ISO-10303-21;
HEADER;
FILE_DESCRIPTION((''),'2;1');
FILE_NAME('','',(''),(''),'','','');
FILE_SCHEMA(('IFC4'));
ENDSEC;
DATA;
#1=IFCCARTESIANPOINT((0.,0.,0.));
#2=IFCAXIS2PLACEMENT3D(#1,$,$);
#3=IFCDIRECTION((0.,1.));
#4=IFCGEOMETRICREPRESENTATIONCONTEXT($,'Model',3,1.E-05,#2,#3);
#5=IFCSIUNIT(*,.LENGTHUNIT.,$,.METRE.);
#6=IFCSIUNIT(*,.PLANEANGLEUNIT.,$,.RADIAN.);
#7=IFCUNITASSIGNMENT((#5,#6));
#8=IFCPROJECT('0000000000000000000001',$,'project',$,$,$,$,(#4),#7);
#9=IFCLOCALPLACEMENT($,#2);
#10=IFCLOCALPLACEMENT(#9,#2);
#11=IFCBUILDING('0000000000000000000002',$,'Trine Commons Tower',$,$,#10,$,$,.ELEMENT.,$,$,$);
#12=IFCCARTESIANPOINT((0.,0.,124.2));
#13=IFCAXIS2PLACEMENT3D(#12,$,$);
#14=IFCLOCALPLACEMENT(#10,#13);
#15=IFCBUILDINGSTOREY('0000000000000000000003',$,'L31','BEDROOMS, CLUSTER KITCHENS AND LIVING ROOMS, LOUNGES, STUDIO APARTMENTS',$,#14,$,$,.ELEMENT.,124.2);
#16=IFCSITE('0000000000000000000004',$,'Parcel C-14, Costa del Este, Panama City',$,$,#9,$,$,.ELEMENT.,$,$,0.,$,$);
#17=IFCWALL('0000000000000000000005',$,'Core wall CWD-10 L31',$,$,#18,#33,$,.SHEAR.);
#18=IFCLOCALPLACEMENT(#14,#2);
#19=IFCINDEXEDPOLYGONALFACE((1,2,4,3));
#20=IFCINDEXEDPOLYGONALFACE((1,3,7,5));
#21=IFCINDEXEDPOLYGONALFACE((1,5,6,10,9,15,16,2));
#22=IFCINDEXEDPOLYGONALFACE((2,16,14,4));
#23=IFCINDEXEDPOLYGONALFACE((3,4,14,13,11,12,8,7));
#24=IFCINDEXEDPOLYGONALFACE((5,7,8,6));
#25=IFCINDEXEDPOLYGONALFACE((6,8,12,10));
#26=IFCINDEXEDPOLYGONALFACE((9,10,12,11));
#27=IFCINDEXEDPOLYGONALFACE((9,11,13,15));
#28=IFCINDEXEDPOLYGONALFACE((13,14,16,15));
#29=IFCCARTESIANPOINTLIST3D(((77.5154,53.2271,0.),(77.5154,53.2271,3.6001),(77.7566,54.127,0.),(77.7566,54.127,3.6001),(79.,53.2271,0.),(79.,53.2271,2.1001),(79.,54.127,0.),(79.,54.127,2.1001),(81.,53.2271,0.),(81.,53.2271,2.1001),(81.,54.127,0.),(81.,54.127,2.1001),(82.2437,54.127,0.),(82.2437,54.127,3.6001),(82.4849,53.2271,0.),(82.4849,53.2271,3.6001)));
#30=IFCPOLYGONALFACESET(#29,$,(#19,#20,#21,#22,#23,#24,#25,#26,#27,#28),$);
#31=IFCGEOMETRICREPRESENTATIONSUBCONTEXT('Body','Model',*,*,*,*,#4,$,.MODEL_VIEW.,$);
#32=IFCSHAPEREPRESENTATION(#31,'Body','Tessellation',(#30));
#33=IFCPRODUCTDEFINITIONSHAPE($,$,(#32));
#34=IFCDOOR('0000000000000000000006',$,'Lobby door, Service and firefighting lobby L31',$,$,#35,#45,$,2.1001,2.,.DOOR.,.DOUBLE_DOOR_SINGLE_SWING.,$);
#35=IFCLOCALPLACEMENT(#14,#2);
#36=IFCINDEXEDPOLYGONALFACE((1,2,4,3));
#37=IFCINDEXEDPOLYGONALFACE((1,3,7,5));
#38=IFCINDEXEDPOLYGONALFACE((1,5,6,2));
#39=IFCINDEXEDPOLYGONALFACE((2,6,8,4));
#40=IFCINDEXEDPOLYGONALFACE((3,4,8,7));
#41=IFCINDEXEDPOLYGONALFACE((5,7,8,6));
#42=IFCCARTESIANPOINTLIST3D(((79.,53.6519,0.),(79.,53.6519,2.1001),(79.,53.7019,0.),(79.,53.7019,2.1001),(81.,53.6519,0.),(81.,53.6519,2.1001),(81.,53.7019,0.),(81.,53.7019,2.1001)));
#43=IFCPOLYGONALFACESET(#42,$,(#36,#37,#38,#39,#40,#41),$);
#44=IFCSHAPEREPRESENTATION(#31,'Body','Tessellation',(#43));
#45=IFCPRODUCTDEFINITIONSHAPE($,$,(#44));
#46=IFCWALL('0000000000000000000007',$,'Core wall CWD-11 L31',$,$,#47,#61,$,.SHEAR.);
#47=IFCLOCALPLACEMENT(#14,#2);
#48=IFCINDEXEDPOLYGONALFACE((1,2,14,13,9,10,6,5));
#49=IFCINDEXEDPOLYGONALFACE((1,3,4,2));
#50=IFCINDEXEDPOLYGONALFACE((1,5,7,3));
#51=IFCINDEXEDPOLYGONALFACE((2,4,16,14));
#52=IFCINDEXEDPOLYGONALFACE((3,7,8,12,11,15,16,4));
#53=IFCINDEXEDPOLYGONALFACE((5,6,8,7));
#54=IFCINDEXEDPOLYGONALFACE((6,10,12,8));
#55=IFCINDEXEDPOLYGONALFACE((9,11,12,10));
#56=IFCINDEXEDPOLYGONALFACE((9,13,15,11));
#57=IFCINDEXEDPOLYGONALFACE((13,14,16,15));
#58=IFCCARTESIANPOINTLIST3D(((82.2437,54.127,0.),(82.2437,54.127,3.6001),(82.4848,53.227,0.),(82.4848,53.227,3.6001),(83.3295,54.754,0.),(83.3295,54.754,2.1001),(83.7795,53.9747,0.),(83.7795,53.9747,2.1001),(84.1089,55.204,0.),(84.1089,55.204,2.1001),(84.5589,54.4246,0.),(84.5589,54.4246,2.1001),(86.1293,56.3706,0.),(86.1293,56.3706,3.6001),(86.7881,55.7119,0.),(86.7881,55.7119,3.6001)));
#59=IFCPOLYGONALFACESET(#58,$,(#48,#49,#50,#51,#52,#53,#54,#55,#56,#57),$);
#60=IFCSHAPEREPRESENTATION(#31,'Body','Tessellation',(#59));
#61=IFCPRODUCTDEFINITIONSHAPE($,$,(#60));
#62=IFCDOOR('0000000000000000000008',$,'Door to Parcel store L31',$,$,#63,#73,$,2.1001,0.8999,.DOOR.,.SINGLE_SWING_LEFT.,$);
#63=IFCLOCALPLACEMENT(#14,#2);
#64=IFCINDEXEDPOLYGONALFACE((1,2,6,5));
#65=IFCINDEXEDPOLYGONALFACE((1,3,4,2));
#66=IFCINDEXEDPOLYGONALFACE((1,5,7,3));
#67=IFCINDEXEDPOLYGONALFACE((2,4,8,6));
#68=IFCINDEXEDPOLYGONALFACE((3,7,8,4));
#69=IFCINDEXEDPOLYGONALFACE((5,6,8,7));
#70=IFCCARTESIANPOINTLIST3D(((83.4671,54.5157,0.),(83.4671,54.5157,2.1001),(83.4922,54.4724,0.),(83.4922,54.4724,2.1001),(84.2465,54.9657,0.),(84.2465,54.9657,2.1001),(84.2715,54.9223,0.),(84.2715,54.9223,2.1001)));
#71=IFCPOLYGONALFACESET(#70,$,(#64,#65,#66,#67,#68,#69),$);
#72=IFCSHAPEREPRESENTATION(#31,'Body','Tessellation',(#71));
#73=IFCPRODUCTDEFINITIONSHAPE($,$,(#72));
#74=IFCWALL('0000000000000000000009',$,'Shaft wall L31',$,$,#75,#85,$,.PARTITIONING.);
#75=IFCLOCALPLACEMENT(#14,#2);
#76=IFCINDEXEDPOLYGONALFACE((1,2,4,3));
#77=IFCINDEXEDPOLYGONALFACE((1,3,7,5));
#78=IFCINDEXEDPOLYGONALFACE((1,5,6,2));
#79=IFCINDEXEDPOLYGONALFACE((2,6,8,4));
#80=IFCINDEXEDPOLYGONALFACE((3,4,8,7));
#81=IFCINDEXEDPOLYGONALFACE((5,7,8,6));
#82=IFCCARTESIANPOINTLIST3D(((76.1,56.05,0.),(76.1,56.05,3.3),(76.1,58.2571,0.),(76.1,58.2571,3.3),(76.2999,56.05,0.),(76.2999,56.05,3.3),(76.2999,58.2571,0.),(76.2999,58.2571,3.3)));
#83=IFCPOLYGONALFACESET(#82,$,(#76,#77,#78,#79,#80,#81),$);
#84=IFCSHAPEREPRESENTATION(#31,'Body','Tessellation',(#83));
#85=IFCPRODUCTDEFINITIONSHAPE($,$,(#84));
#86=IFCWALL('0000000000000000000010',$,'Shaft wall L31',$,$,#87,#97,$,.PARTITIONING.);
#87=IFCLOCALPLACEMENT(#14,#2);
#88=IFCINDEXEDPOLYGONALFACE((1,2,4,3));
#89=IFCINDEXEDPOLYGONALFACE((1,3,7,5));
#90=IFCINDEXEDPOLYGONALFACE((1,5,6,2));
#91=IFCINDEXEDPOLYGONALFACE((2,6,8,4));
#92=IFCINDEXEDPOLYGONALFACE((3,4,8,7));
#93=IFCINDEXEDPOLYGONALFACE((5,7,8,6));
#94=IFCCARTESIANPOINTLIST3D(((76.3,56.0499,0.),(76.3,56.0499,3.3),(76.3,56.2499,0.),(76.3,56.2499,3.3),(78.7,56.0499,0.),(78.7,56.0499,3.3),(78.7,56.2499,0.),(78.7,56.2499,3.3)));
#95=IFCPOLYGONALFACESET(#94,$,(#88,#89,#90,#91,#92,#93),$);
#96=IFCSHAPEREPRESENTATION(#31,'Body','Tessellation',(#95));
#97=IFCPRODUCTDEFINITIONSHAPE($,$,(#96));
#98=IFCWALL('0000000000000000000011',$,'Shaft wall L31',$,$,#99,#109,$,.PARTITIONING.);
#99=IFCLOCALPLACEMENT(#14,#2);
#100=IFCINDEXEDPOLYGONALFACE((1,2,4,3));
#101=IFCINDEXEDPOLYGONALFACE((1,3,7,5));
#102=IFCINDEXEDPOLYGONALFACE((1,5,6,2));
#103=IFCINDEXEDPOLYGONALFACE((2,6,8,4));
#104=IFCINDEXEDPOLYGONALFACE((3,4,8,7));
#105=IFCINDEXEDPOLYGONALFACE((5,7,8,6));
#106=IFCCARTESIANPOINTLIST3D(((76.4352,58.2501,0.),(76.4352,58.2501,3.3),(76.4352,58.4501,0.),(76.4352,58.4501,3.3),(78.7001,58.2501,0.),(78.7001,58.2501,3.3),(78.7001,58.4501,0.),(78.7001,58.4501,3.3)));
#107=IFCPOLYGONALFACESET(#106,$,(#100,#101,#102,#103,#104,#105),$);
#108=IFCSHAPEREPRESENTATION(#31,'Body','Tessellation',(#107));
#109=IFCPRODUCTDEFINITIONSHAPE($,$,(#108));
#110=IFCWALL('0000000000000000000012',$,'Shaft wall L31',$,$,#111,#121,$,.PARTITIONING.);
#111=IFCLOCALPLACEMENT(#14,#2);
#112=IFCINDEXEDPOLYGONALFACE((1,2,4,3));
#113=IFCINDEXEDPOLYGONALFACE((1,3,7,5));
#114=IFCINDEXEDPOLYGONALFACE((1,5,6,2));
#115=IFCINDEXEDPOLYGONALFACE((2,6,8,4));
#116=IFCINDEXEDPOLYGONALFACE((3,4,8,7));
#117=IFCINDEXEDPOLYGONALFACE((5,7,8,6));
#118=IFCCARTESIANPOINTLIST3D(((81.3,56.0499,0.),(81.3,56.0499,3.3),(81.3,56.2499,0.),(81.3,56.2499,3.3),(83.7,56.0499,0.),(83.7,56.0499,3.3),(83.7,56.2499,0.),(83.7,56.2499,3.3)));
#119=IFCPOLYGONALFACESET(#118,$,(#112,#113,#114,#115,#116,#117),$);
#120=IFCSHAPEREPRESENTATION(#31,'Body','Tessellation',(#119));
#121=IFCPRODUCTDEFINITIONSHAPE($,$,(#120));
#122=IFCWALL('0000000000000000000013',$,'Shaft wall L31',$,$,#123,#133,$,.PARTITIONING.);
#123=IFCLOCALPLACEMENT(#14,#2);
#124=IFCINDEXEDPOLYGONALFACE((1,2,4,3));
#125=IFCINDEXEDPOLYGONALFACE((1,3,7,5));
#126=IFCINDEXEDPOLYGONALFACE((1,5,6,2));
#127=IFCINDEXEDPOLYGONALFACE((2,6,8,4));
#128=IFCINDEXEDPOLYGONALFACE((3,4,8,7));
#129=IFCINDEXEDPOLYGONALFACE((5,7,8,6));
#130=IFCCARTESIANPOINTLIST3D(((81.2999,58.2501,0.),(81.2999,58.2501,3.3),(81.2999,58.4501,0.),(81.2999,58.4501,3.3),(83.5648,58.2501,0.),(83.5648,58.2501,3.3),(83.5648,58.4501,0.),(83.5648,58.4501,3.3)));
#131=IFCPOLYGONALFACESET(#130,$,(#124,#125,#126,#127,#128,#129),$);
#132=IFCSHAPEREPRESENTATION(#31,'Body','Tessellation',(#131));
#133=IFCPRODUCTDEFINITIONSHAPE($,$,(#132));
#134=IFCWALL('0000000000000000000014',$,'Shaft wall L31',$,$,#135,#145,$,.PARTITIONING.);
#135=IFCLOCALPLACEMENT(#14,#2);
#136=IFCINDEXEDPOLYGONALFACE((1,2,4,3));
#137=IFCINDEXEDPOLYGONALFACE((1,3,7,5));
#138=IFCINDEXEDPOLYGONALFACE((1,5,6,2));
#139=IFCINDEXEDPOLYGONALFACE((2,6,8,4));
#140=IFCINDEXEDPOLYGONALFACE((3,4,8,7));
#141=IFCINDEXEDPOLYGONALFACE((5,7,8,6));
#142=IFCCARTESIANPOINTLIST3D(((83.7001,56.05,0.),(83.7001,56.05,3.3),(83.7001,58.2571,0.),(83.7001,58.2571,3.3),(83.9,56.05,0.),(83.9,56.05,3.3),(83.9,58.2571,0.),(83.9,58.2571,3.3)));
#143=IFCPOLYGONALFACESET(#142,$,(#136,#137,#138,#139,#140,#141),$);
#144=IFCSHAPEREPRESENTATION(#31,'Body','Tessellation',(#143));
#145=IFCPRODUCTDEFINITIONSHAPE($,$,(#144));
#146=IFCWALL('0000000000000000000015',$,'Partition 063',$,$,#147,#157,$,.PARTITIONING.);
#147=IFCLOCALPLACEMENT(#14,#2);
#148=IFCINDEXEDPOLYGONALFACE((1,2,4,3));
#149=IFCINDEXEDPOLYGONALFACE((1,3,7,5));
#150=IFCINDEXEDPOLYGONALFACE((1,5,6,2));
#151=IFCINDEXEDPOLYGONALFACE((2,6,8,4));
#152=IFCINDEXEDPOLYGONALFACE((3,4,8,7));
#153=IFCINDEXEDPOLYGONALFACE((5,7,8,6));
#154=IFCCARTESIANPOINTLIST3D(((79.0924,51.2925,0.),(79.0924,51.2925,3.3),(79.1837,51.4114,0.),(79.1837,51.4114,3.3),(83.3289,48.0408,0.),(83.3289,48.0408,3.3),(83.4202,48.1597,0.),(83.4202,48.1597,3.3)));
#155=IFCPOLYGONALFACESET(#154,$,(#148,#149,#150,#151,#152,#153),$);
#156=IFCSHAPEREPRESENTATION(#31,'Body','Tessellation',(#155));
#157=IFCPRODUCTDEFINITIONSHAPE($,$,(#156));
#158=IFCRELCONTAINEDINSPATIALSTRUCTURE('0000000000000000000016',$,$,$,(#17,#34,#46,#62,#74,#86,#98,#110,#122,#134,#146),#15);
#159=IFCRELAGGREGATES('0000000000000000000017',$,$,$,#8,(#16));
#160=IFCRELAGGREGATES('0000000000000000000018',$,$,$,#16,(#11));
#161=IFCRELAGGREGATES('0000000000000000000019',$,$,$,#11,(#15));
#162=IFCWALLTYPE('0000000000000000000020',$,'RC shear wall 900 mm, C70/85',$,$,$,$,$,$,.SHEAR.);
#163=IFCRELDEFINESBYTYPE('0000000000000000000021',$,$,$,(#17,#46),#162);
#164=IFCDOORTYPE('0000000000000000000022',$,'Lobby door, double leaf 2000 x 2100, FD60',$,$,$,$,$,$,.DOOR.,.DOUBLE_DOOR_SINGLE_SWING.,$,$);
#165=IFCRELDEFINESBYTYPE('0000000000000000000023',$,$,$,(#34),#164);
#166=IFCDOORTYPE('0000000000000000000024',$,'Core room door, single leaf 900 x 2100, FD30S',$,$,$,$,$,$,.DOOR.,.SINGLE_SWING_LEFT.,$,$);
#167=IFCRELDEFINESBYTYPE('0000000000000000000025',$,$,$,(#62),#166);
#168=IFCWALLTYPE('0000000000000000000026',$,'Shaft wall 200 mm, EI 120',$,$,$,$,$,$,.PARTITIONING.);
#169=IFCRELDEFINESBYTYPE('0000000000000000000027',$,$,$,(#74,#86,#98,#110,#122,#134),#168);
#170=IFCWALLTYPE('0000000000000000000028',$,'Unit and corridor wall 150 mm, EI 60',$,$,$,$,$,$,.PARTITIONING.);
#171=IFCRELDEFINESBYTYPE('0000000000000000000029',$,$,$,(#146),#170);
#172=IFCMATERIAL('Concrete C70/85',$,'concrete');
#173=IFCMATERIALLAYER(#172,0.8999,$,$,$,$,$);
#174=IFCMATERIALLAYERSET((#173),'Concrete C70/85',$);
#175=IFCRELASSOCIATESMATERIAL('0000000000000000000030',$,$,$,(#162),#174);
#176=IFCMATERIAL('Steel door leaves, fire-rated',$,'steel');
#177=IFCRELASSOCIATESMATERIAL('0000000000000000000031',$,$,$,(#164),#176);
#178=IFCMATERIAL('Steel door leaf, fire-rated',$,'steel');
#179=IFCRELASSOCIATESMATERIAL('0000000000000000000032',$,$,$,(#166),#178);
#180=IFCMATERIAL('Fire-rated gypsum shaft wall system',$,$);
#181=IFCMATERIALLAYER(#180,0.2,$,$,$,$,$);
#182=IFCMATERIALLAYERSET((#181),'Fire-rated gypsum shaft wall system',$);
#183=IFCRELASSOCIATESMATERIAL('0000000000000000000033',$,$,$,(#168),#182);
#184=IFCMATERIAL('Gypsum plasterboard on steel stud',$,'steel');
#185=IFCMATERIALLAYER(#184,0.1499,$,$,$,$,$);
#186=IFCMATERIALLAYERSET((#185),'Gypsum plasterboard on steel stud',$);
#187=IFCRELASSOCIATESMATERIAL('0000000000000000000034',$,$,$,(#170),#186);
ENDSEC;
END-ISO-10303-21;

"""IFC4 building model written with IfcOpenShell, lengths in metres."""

from ifc_helpers import new_model, si_unit, direction, frame, frame_2d, origin, place, context, subcontext, project, spatial, polyline, rectangle, outline, extrude, material, layer, layer_set, type_object, element, fill, save


model = new_model("IFC4")

# Units and contexts
model_context = context("Model", 3, precision=1e-05, world=origin(), true_north=direction((0.0, 1.0)))
body_context = subcontext(model_context, "Body", "Model", "MODEL_VIEW")
ifc_project = project(units=[si_unit("LENGTHUNIT", "METRE"), si_unit("PLANEANGLEUNIT", "RADIAN")], contexts=[model_context])

# Site, building, storey
site_placement = place(None, origin())
site = spatial("IfcSite", under=ifc_project, at=site_placement, Name="Parcel C-14, Costa del Este, Panama City", CompositionType="ELEMENT", RefElevation=0.0)
building_placement = place(site_placement, origin())
building = spatial("IfcBuilding", under=site, at=building_placement, Name="Trine Commons Tower", CompositionType="ELEMENT")
storey_placement = place(building_placement, frame((0.0, 0.0, 124.2)))
storey = spatial("IfcBuildingStorey", under=building, at=storey_placement, Name="L31", Description="BEDROOMS, CLUSTER KITCHENS AND LIVING ROOMS, LOUNGES, STUDIO APARTMENTS", CompositionType="ELEMENT", Elevation=124.2)

# Shared definitions
ifc_material_1 = material(Name="Fire-rated gypsum shaft wall system")
ifc_material_2 = material(Name="Steel door leaf, fire-rated", Category="steel")
ifc_material_3 = material(Name="Concrete C70/85", Category="concrete")

# Walls, openings, doors
ifc_layer_1 = layer(ifc_material_3, 0.8999)
ifc_layer_set_1 = layer_set([ifc_layer_1], Name="Concrete C70/85")
wall_type_1 = type_object("IfcWallType", Name="RC shear wall 900 mm, C70/85", PredefinedType="SHEAR", material=ifc_layer_set_1)
wall_1_placement = place(storey_placement, frame((77.5154, 53.677, 0.0), z_axis=(0.0, 0.0, 1.0), x_axis=(1.0, 0.0, 0.0)))
wall_1 = element("IfcWall", 1, at=wall_1_placement, inside=storey, type_object=wall_type_1, Name="Core wall CWD-10 L31", PredefinedType="SHEAR", context=body_context, shape_type="SweptSolid", body=[
    extrude(outline(polyline([(0.0, -0.45), (4.9695, -0.45), (4.7283, 0.45), (0.2412, 0.45), (0.0, -0.45)])), origin(), (0.0, 0.0, 1.0), 3.6001),
])
opening_1_placement = place(wall_1_placement, frame((1.4846, 0.0, 0.0)))
opening_1 = element("IfcOpeningElement", 2, at=opening_1_placement, cuts=wall_1, PredefinedType="OPENING", context=body_context, shape_type="SweptSolid", body=[
    extrude(rectangle(XDim=2.0, YDim=2.1001, at=frame_2d((1.0, 1.05))), frame((0.0, 0.46, 0.0), z_axis=(0.0, -1.0, 0.0), x_axis=(1.0, 0.0, 0.0)), (0.0, 0.0, 1.0), 0.9199),
])
ifc_material_4 = material(Name="Steel door leaves, fire-rated", Category="steel")
door_type_1 = type_object("IfcDoorType", Name="Lobby door, double leaf 2000 x 2100, FD60", OperationType="DOUBLE_DOOR_SINGLE_SWING", PredefinedType="DOOR", material=ifc_material_4)
door_1_placement = place(opening_1_placement, origin())
door_1 = element("IfcDoor", 3, at=door_1_placement, inside=storey, type_object=door_type_1, Name="Lobby door, Service and firefighting lobby L31", OperationType="DOUBLE_DOOR_SINGLE_SWING", OverallHeight=2.1001, OverallWidth=2.0, PredefinedType="DOOR", context=body_context, shape_type="SweptSolid", body=[
    extrude(rectangle(XDim=2.0, YDim=2.1001, at=frame_2d((1.0, 1.05))), frame((0.0, 0.0249, 0.0), z_axis=(0.0, -1.0, 0.0), x_axis=(1.0, 0.0, 0.0)), (0.0, 0.0, 1.0), 0.05),
])
fill(opening_1, door_1)
wall_2_placement = place(storey_placement, frame((82.2598, 53.6167, 0.0), z_axis=(0.0, 0.0, 1.0), x_axis=(0.866003, 0.500039, 0.0)))
wall_2 = element("IfcWall", 4, at=wall_2_placement, inside=storey, type_object=wall_type_1, Name="Core wall CWD-11 L31", PredefinedType="SHEAR", context=body_context, shape_type="SweptSolid", body=[
    extrude(outline(polyline([(0.0, -0.45), (4.9692, -0.45), (4.728, 0.45), (0.2412, 0.45), (0.0, -0.45)])), origin(), (0.0, 0.0, 1.0), 3.6001),
])
opening_2_placement = place(wall_2_placement, frame((1.4951, 0.0, 0.0)))
opening_2 = element("IfcOpeningElement", 5, at=opening_2_placement, cuts=wall_2, PredefinedType="OPENING", context=body_context, shape_type="SweptSolid", body=[
    extrude(rectangle(XDim=0.8999, YDim=2.1001, at=frame_2d((0.45, 1.05))), frame((0.0, 0.46, 0.0), z_axis=(0.0, -1.0, 0.0), x_axis=(1.0, 0.0, 0.0)), (0.0, 0.0, 1.0), 0.9199),
])
door_type_2 = type_object("IfcDoorType", Name="Core room door, single leaf 900 x 2100, FD30S", OperationType="SINGLE_SWING_LEFT", PredefinedType="DOOR", material=ifc_material_2)
door_2_placement = place(opening_2_placement, origin())
door_2 = element("IfcDoor", 6, at=door_2_placement, inside=storey, type_object=door_type_2, Name="Door to Parcel store L31", OperationType="SINGLE_SWING_LEFT", OverallHeight=2.1001, OverallWidth=0.8999, PredefinedType="DOOR", context=body_context, shape_type="SweptSolid", body=[
    extrude(rectangle(XDim=0.8999, YDim=2.1001, at=frame_2d((0.45, 1.05))), frame((0.0, 0.1748, 0.0), z_axis=(0.0, -1.0, 0.0), x_axis=(1.0, 0.0, 0.0)), (0.0, 0.0, 1.0), 0.05),
])
fill(opening_2, door_2)

# Walls
ifc_layer_2 = layer(ifc_material_1, 0.2)
ifc_layer_set_2 = layer_set([ifc_layer_2], Name="Fire-rated gypsum shaft wall system")
wall_type_2 = type_object("IfcWallType", Name="Shaft wall 200 mm, EI 120", PredefinedType="PARTITIONING", material=ifc_layer_set_2)
wall_3_placement = place(storey_placement, frame((76.2, 58.2571, 0.0), z_axis=(0.0, 0.0, 1.0), x_axis=(0.0, -1.0, 0.0)))
element("IfcWall", 7, at=wall_3_placement, inside=storey, type_object=wall_type_2, Name="Shaft wall L31", PredefinedType="PARTITIONING", context=body_context, shape_type="SweptSolid", body=[
    extrude(rectangle(XDim=2.207, YDim=0.2, at=frame_2d((1.1035, 0.0))), origin(), (0.0, 0.0, 1.0), 3.3),
])
wall_4_placement = place(storey_placement, frame((78.7, 56.1499, 0.0), z_axis=(0.0, 0.0, 1.0), x_axis=(-1.0, 0.0, 0.0)))
element("IfcWall", 8, at=wall_4_placement, inside=storey, type_object=wall_type_2, Name="Shaft wall L31", PredefinedType="PARTITIONING", context=body_context, shape_type="SweptSolid", body=[
    extrude(rectangle(XDim=2.3999, YDim=0.2, at=frame_2d((1.2, 0.0))), origin(), (0.0, 0.0, 1.0), 3.3),
])
wall_5_placement = place(storey_placement, frame((78.7, 58.3501, 0.0), z_axis=(0.0, 0.0, 1.0), x_axis=(-1.0, 0.0, 0.0)))
element("IfcWall", 9, at=wall_5_placement, inside=storey, type_object=wall_type_2, Name="Shaft wall L31", PredefinedType="PARTITIONING", context=body_context, shape_type="SweptSolid", body=[
    extrude(rectangle(XDim=2.2649, YDim=0.2, at=frame_2d((1.1323, 0.0))), origin(), (0.0, 0.0, 1.0), 3.3),
])
wall_6_placement = place(storey_placement, frame((81.3, 56.1499, 0.0), z_axis=(0.0, 0.0, 1.0), x_axis=(1.0, 0.0, 0.0)))
element("IfcWall", 10, at=wall_6_placement, inside=storey, type_object=wall_type_2, Name="Shaft wall L31", PredefinedType="PARTITIONING", context=body_context, shape_type="SweptSolid", body=[
    extrude(rectangle(XDim=2.3999, YDim=0.2, at=frame_2d((1.2, 0.0))), origin(), (0.0, 0.0, 1.0), 3.3),
])
wall_7_placement = place(storey_placement, frame((81.3, 58.3501, 0.0), z_axis=(0.0, 0.0, 1.0), x_axis=(1.0, 0.0, 0.0)))
element("IfcWall", 11, at=wall_7_placement, inside=storey, type_object=wall_type_2, Name="Shaft wall L31", PredefinedType="PARTITIONING", context=body_context, shape_type="SweptSolid", body=[
    extrude(rectangle(XDim=2.2649, YDim=0.2, at=frame_2d((1.1323, 0.0))), origin(), (0.0, 0.0, 1.0), 3.3),
])
wall_8_placement = place(storey_placement, frame((83.8, 58.2571, 0.0), z_axis=(0.0, 0.0, 1.0), x_axis=(0.0, -1.0, 0.0)))
element("IfcWall", 12, at=wall_8_placement, inside=storey, type_object=wall_type_2, Name="Shaft wall L31", PredefinedType="PARTITIONING", context=body_context, shape_type="SweptSolid", body=[
    extrude(rectangle(XDim=2.207, YDim=0.2, at=frame_2d((1.1035, 0.0))), origin(), (0.0, 0.0, 1.0), 3.3),
])
ifc_material_5 = material(Name="Gypsum plasterboard on steel stud", Category="steel")
ifc_layer_3 = layer(ifc_material_5, 0.1499)
ifc_layer_set_3 = layer_set([ifc_layer_3], Name="Gypsum plasterboard on steel stud")
wall_type_3 = type_object("IfcWallType", Name="Unit and corridor wall 150 mm, EI 60", PredefinedType="PARTITIONING", material=ifc_layer_set_3)
wall_9_placement = place(storey_placement, frame((79.1379, 51.3521, 0.0), z_axis=(0.0, 0.0, 1.0), x_axis=(0.793274, -0.608864, 0.0)))
element("IfcWall", 13, at=wall_9_placement, inside=storey, type_object=wall_type_3, Name="Partition 063", PredefinedType="PARTITIONING", context=body_context, shape_type="SweptSolid", body=[
    extrude(rectangle(XDim=5.3406, YDim=0.1499, at=frame_2d((2.6704, 0.0))), origin(), (0.0, 0.0, 1.0), 3.3),
])

save(model, "model.ifc")
